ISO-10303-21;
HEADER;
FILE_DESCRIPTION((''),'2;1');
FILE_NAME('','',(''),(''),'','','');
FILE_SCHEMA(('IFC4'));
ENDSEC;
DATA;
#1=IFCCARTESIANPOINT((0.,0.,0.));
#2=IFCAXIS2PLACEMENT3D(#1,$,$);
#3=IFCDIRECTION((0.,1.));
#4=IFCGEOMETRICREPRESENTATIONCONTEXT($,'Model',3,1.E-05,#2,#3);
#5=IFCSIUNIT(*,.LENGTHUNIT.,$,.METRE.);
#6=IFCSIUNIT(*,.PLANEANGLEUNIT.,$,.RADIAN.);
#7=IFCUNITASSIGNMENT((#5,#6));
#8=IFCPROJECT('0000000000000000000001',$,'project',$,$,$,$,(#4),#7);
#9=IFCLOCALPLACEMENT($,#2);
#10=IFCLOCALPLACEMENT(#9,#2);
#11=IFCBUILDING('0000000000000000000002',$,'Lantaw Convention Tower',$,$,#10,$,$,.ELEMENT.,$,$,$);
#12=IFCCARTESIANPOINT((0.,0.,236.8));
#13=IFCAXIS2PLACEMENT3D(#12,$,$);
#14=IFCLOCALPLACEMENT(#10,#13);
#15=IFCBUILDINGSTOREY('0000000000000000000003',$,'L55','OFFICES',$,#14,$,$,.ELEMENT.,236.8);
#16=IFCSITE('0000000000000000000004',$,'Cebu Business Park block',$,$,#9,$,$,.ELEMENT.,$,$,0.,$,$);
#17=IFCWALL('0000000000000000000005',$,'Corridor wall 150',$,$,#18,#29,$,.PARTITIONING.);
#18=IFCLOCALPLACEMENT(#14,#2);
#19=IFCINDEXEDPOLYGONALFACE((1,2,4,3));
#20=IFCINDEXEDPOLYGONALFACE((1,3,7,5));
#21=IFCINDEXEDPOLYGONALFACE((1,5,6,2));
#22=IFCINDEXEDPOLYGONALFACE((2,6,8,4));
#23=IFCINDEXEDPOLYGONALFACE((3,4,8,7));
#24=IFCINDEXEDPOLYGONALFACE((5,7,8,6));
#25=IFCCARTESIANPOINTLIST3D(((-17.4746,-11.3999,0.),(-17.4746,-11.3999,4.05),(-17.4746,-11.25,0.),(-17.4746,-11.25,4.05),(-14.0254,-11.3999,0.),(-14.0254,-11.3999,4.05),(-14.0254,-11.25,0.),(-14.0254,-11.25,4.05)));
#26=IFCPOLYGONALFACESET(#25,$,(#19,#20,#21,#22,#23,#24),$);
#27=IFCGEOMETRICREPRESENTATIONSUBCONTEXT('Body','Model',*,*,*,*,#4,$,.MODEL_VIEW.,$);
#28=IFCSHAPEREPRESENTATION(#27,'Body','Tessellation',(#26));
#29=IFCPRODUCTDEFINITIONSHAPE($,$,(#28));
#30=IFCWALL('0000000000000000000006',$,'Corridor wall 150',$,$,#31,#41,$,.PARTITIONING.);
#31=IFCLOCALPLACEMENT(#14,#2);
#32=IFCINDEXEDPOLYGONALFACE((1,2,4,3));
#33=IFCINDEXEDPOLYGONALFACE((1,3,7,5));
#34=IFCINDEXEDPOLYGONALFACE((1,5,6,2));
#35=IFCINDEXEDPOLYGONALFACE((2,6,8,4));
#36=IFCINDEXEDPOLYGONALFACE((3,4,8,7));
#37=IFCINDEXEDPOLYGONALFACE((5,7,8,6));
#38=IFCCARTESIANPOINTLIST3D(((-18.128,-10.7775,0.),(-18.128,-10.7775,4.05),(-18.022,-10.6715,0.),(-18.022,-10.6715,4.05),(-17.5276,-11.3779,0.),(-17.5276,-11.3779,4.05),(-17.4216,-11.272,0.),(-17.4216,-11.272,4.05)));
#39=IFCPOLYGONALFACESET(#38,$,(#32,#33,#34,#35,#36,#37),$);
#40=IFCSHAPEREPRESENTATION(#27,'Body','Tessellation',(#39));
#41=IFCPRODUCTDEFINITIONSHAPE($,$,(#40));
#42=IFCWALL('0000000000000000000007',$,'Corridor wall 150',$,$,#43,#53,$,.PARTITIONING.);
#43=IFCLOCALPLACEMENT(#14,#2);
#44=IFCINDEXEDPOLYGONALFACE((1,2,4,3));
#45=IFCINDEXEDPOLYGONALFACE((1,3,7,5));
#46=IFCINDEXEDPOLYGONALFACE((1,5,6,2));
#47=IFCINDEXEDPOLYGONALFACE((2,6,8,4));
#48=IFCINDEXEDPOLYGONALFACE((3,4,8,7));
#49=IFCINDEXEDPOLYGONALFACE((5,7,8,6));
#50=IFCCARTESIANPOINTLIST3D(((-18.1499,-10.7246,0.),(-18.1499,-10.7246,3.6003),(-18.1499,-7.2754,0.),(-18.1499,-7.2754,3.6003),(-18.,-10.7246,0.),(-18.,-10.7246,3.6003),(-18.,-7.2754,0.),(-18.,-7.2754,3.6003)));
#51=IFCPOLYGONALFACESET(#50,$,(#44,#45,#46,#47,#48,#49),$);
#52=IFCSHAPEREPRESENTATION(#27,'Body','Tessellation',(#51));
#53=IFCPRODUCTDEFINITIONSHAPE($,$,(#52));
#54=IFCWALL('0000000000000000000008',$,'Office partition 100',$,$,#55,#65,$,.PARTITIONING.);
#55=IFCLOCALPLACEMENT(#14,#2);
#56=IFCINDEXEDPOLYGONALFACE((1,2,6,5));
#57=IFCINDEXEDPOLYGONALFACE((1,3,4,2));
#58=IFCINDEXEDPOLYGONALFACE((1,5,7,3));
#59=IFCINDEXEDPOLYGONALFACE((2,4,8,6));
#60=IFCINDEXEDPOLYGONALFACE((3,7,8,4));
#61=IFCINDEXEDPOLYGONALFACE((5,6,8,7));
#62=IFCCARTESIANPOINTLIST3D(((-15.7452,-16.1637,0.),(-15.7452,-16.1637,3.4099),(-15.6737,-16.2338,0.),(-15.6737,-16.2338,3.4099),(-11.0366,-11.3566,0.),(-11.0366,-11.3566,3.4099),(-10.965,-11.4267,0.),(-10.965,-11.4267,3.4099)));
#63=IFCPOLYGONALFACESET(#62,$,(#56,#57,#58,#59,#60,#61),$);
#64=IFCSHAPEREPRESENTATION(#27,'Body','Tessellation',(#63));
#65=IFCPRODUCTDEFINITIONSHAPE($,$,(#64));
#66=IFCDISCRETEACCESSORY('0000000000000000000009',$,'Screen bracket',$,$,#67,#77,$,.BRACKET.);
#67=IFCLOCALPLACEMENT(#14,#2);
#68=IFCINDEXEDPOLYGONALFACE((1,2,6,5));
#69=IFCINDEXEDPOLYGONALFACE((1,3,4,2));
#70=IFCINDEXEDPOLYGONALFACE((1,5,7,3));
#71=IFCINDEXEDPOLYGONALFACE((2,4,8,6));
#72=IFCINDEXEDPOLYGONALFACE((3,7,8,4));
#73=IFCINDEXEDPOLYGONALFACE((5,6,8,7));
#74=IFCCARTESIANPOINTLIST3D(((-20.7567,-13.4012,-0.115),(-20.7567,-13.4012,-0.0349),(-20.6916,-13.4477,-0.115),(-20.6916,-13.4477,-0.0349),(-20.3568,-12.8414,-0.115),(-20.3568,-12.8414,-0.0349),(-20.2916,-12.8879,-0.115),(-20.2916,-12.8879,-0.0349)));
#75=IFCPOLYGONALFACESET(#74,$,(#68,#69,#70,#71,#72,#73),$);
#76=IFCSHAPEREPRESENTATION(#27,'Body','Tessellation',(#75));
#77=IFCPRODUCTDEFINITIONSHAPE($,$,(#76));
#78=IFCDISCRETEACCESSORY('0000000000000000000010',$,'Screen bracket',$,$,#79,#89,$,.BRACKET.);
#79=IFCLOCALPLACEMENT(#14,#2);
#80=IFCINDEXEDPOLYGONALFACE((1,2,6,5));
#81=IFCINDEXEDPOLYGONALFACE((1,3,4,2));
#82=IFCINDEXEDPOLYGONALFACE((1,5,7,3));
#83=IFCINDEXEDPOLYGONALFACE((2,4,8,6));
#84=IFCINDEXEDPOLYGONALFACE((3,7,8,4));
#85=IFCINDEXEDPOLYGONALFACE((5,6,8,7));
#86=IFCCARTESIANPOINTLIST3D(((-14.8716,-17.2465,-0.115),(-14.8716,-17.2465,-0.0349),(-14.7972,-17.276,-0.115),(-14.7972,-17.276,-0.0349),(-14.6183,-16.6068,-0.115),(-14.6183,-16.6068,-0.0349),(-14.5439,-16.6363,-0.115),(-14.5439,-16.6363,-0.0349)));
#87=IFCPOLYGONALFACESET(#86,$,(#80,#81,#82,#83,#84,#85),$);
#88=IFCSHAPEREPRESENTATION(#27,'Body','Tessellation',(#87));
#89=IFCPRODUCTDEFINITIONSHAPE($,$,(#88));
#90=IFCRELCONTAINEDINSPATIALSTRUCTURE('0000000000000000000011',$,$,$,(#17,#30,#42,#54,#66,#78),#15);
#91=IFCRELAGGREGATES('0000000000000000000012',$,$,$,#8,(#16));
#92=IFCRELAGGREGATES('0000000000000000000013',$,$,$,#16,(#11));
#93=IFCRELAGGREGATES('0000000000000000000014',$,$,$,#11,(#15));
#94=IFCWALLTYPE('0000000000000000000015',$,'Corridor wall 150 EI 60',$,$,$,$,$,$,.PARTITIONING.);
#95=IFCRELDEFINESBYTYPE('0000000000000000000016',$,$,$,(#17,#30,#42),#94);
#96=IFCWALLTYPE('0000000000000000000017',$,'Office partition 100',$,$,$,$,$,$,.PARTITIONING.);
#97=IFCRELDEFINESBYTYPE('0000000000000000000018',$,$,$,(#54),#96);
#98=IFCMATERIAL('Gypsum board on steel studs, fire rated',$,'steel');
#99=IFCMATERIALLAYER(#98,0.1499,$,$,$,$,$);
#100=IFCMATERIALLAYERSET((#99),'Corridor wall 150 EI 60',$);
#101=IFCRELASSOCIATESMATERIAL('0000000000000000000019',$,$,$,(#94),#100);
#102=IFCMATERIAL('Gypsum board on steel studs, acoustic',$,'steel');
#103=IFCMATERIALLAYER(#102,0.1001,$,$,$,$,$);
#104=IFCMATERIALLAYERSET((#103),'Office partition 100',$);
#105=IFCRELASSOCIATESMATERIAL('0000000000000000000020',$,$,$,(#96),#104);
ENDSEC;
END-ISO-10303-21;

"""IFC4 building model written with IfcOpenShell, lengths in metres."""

from ifc_helpers import new_model, si_unit, direction, frame, frame_2d, origin, origin_2d, place, context, subcontext, project, spatial, rectangle, extrude, material, layer, layer_set, type_object, element, save


model = new_model("IFC4")

# Units and contexts
model_context = context("Model", 3, precision=1e-05, world=origin(), true_north=direction((0.0, 1.0)))
body_context = subcontext(model_context, "Body", "Model", "MODEL_VIEW")
ifc_project = project(units=[si_unit("LENGTHUNIT", "METRE"), si_unit("PLANEANGLEUNIT", "RADIAN")], contexts=[model_context])

# Site, building, storey
site_placement = place(None, origin())
site = spatial("IfcSite", under=ifc_project, at=site_placement, Name="Cebu Business Park block", CompositionType="ELEMENT", RefElevation=0.0)
building_placement = place(site_placement, origin())
building = spatial("IfcBuilding", under=site, at=building_placement, Name="Lantaw Convention Tower", CompositionType="ELEMENT")
storey_placement = place(building_placement, frame((0.0, 0.0, 236.8)))
storey = spatial("IfcBuildingStorey", under=building, at=storey_placement, Name="L55", Description="OFFICES", CompositionType="ELEMENT", Elevation=236.8)

# Walls
ifc_material_1 = material(Name="Gypsum board on steel studs, fire rated", Category="steel")
ifc_layer_1 = layer(ifc_material_1, 0.1499)
ifc_layer_set_1 = layer_set([ifc_layer_1], Name="Corridor wall 150 EI 60")
wall_type_1 = type_object("IfcWallType", Name="Corridor wall 150 EI 60", PredefinedType="PARTITIONING", material=ifc_layer_set_1)
wall_1_placement = place(storey_placement, frame((-14.0254, -11.325, 0.0), z_axis=(0.0, 0.0, 1.0), x_axis=(-1.0, 0.0, 0.0)))
element("IfcWall", 1, at=wall_1_placement, inside=storey, type_object=wall_type_1, Name="Corridor wall 150", PredefinedType="PARTITIONING", context=body_context, shape_type="SweptSolid", body=[
    extrude(rectangle(XDim=3.4492, YDim=0.1499, at=frame_2d((1.7246, 0.0))), origin(), (0.0, 0.0, 1.0), 4.05),
])
wall_2_placement = place(storey_placement, frame((-17.4746, -11.325, 0.0), z_axis=(0.0, 0.0, 1.0), x_axis=(-0.707107, 0.707107, 0.0)))
element("IfcWall", 2, at=wall_2_placement, inside=storey, type_object=wall_type_1, Name="Corridor wall 150", PredefinedType="PARTITIONING", context=body_context, shape_type="SweptSolid", body=[
    extrude(rectangle(XDim=0.8491, YDim=0.1499, at=frame_2d((0.4246, 0.0))), origin(), (0.0, 0.0, 1.0), 4.05),
])
wall_3_placement = place(storey_placement, frame((-18.075, -10.7246, 0.0), z_axis=(0.0, 0.0, 1.0), x_axis=(0.0, 1.0, 0.0)))
element("IfcWall", 3, at=wall_3_placement, inside=storey, type_object=wall_type_1, Name="Corridor wall 150", PredefinedType="PARTITIONING", context=body_context, shape_type="SweptSolid", body=[
    extrude(rectangle(XDim=3.4492, YDim=0.1499, at=frame_2d((1.7246, 0.0))), origin(), (0.0, 0.0, 1.0), 3.6003),
])
ifc_material_2 = material(Name="Gypsum board on steel studs, acoustic", Category="steel")
ifc_layer_2 = layer(ifc_material_2, 0.1001)
ifc_layer_set_2 = layer_set([ifc_layer_2], Name="Office partition 100")
wall_type_2 = type_object("IfcWallType", Name="Office partition 100", PredefinedType="PARTITIONING", material=ifc_layer_set_2)
wall_4_placement = place(storey_placement, frame((-15.7095, -16.1987, 0.0), z_axis=(0.0, 0.0, 1.0), x_axis=(0.699758, 0.71438, 0.0)))
element("IfcWall", 4, at=wall_4_placement, inside=storey, type_object=wall_type_2, Name="Office partition 100", PredefinedType="PARTITIONING", context=body_context, shape_type="SweptSolid", body=[
    extrude(rectangle(XDim=6.729, YDim=0.1001, at=frame_2d((3.3645, 0.0))), origin(), (0.0, 0.0, 1.0), 3.4099),
])

# Discrete accessories
for number, where, z_axis, x_axis, name in (
    (5, (-20.5242, -13.1445, -0.115), (0.0, 0.0, 1.0), (0.813673, -0.581323, 0.0), "Screen bracket"),
    (6, (-14.7078, -16.9414, -0.115), (0.0, 0.0, 1.0), (0.929762, -0.368162, 0.0), "Screen bracket"),
):
    element("IfcDiscreteAccessory", number, at=place(storey_placement, frame(where, z_axis=z_axis, x_axis=x_axis)), inside=storey, Name=name, PredefinedType="BRACKET", context=body_context, shape_type="SweptSolid", body=[
        extrude(rectangle(XDim=0.0801, YDim=0.688, at=origin_2d()), origin(), (0.0, 0.0, 1.0), 0.0801),
    ])

save(model, "model.ifc")
